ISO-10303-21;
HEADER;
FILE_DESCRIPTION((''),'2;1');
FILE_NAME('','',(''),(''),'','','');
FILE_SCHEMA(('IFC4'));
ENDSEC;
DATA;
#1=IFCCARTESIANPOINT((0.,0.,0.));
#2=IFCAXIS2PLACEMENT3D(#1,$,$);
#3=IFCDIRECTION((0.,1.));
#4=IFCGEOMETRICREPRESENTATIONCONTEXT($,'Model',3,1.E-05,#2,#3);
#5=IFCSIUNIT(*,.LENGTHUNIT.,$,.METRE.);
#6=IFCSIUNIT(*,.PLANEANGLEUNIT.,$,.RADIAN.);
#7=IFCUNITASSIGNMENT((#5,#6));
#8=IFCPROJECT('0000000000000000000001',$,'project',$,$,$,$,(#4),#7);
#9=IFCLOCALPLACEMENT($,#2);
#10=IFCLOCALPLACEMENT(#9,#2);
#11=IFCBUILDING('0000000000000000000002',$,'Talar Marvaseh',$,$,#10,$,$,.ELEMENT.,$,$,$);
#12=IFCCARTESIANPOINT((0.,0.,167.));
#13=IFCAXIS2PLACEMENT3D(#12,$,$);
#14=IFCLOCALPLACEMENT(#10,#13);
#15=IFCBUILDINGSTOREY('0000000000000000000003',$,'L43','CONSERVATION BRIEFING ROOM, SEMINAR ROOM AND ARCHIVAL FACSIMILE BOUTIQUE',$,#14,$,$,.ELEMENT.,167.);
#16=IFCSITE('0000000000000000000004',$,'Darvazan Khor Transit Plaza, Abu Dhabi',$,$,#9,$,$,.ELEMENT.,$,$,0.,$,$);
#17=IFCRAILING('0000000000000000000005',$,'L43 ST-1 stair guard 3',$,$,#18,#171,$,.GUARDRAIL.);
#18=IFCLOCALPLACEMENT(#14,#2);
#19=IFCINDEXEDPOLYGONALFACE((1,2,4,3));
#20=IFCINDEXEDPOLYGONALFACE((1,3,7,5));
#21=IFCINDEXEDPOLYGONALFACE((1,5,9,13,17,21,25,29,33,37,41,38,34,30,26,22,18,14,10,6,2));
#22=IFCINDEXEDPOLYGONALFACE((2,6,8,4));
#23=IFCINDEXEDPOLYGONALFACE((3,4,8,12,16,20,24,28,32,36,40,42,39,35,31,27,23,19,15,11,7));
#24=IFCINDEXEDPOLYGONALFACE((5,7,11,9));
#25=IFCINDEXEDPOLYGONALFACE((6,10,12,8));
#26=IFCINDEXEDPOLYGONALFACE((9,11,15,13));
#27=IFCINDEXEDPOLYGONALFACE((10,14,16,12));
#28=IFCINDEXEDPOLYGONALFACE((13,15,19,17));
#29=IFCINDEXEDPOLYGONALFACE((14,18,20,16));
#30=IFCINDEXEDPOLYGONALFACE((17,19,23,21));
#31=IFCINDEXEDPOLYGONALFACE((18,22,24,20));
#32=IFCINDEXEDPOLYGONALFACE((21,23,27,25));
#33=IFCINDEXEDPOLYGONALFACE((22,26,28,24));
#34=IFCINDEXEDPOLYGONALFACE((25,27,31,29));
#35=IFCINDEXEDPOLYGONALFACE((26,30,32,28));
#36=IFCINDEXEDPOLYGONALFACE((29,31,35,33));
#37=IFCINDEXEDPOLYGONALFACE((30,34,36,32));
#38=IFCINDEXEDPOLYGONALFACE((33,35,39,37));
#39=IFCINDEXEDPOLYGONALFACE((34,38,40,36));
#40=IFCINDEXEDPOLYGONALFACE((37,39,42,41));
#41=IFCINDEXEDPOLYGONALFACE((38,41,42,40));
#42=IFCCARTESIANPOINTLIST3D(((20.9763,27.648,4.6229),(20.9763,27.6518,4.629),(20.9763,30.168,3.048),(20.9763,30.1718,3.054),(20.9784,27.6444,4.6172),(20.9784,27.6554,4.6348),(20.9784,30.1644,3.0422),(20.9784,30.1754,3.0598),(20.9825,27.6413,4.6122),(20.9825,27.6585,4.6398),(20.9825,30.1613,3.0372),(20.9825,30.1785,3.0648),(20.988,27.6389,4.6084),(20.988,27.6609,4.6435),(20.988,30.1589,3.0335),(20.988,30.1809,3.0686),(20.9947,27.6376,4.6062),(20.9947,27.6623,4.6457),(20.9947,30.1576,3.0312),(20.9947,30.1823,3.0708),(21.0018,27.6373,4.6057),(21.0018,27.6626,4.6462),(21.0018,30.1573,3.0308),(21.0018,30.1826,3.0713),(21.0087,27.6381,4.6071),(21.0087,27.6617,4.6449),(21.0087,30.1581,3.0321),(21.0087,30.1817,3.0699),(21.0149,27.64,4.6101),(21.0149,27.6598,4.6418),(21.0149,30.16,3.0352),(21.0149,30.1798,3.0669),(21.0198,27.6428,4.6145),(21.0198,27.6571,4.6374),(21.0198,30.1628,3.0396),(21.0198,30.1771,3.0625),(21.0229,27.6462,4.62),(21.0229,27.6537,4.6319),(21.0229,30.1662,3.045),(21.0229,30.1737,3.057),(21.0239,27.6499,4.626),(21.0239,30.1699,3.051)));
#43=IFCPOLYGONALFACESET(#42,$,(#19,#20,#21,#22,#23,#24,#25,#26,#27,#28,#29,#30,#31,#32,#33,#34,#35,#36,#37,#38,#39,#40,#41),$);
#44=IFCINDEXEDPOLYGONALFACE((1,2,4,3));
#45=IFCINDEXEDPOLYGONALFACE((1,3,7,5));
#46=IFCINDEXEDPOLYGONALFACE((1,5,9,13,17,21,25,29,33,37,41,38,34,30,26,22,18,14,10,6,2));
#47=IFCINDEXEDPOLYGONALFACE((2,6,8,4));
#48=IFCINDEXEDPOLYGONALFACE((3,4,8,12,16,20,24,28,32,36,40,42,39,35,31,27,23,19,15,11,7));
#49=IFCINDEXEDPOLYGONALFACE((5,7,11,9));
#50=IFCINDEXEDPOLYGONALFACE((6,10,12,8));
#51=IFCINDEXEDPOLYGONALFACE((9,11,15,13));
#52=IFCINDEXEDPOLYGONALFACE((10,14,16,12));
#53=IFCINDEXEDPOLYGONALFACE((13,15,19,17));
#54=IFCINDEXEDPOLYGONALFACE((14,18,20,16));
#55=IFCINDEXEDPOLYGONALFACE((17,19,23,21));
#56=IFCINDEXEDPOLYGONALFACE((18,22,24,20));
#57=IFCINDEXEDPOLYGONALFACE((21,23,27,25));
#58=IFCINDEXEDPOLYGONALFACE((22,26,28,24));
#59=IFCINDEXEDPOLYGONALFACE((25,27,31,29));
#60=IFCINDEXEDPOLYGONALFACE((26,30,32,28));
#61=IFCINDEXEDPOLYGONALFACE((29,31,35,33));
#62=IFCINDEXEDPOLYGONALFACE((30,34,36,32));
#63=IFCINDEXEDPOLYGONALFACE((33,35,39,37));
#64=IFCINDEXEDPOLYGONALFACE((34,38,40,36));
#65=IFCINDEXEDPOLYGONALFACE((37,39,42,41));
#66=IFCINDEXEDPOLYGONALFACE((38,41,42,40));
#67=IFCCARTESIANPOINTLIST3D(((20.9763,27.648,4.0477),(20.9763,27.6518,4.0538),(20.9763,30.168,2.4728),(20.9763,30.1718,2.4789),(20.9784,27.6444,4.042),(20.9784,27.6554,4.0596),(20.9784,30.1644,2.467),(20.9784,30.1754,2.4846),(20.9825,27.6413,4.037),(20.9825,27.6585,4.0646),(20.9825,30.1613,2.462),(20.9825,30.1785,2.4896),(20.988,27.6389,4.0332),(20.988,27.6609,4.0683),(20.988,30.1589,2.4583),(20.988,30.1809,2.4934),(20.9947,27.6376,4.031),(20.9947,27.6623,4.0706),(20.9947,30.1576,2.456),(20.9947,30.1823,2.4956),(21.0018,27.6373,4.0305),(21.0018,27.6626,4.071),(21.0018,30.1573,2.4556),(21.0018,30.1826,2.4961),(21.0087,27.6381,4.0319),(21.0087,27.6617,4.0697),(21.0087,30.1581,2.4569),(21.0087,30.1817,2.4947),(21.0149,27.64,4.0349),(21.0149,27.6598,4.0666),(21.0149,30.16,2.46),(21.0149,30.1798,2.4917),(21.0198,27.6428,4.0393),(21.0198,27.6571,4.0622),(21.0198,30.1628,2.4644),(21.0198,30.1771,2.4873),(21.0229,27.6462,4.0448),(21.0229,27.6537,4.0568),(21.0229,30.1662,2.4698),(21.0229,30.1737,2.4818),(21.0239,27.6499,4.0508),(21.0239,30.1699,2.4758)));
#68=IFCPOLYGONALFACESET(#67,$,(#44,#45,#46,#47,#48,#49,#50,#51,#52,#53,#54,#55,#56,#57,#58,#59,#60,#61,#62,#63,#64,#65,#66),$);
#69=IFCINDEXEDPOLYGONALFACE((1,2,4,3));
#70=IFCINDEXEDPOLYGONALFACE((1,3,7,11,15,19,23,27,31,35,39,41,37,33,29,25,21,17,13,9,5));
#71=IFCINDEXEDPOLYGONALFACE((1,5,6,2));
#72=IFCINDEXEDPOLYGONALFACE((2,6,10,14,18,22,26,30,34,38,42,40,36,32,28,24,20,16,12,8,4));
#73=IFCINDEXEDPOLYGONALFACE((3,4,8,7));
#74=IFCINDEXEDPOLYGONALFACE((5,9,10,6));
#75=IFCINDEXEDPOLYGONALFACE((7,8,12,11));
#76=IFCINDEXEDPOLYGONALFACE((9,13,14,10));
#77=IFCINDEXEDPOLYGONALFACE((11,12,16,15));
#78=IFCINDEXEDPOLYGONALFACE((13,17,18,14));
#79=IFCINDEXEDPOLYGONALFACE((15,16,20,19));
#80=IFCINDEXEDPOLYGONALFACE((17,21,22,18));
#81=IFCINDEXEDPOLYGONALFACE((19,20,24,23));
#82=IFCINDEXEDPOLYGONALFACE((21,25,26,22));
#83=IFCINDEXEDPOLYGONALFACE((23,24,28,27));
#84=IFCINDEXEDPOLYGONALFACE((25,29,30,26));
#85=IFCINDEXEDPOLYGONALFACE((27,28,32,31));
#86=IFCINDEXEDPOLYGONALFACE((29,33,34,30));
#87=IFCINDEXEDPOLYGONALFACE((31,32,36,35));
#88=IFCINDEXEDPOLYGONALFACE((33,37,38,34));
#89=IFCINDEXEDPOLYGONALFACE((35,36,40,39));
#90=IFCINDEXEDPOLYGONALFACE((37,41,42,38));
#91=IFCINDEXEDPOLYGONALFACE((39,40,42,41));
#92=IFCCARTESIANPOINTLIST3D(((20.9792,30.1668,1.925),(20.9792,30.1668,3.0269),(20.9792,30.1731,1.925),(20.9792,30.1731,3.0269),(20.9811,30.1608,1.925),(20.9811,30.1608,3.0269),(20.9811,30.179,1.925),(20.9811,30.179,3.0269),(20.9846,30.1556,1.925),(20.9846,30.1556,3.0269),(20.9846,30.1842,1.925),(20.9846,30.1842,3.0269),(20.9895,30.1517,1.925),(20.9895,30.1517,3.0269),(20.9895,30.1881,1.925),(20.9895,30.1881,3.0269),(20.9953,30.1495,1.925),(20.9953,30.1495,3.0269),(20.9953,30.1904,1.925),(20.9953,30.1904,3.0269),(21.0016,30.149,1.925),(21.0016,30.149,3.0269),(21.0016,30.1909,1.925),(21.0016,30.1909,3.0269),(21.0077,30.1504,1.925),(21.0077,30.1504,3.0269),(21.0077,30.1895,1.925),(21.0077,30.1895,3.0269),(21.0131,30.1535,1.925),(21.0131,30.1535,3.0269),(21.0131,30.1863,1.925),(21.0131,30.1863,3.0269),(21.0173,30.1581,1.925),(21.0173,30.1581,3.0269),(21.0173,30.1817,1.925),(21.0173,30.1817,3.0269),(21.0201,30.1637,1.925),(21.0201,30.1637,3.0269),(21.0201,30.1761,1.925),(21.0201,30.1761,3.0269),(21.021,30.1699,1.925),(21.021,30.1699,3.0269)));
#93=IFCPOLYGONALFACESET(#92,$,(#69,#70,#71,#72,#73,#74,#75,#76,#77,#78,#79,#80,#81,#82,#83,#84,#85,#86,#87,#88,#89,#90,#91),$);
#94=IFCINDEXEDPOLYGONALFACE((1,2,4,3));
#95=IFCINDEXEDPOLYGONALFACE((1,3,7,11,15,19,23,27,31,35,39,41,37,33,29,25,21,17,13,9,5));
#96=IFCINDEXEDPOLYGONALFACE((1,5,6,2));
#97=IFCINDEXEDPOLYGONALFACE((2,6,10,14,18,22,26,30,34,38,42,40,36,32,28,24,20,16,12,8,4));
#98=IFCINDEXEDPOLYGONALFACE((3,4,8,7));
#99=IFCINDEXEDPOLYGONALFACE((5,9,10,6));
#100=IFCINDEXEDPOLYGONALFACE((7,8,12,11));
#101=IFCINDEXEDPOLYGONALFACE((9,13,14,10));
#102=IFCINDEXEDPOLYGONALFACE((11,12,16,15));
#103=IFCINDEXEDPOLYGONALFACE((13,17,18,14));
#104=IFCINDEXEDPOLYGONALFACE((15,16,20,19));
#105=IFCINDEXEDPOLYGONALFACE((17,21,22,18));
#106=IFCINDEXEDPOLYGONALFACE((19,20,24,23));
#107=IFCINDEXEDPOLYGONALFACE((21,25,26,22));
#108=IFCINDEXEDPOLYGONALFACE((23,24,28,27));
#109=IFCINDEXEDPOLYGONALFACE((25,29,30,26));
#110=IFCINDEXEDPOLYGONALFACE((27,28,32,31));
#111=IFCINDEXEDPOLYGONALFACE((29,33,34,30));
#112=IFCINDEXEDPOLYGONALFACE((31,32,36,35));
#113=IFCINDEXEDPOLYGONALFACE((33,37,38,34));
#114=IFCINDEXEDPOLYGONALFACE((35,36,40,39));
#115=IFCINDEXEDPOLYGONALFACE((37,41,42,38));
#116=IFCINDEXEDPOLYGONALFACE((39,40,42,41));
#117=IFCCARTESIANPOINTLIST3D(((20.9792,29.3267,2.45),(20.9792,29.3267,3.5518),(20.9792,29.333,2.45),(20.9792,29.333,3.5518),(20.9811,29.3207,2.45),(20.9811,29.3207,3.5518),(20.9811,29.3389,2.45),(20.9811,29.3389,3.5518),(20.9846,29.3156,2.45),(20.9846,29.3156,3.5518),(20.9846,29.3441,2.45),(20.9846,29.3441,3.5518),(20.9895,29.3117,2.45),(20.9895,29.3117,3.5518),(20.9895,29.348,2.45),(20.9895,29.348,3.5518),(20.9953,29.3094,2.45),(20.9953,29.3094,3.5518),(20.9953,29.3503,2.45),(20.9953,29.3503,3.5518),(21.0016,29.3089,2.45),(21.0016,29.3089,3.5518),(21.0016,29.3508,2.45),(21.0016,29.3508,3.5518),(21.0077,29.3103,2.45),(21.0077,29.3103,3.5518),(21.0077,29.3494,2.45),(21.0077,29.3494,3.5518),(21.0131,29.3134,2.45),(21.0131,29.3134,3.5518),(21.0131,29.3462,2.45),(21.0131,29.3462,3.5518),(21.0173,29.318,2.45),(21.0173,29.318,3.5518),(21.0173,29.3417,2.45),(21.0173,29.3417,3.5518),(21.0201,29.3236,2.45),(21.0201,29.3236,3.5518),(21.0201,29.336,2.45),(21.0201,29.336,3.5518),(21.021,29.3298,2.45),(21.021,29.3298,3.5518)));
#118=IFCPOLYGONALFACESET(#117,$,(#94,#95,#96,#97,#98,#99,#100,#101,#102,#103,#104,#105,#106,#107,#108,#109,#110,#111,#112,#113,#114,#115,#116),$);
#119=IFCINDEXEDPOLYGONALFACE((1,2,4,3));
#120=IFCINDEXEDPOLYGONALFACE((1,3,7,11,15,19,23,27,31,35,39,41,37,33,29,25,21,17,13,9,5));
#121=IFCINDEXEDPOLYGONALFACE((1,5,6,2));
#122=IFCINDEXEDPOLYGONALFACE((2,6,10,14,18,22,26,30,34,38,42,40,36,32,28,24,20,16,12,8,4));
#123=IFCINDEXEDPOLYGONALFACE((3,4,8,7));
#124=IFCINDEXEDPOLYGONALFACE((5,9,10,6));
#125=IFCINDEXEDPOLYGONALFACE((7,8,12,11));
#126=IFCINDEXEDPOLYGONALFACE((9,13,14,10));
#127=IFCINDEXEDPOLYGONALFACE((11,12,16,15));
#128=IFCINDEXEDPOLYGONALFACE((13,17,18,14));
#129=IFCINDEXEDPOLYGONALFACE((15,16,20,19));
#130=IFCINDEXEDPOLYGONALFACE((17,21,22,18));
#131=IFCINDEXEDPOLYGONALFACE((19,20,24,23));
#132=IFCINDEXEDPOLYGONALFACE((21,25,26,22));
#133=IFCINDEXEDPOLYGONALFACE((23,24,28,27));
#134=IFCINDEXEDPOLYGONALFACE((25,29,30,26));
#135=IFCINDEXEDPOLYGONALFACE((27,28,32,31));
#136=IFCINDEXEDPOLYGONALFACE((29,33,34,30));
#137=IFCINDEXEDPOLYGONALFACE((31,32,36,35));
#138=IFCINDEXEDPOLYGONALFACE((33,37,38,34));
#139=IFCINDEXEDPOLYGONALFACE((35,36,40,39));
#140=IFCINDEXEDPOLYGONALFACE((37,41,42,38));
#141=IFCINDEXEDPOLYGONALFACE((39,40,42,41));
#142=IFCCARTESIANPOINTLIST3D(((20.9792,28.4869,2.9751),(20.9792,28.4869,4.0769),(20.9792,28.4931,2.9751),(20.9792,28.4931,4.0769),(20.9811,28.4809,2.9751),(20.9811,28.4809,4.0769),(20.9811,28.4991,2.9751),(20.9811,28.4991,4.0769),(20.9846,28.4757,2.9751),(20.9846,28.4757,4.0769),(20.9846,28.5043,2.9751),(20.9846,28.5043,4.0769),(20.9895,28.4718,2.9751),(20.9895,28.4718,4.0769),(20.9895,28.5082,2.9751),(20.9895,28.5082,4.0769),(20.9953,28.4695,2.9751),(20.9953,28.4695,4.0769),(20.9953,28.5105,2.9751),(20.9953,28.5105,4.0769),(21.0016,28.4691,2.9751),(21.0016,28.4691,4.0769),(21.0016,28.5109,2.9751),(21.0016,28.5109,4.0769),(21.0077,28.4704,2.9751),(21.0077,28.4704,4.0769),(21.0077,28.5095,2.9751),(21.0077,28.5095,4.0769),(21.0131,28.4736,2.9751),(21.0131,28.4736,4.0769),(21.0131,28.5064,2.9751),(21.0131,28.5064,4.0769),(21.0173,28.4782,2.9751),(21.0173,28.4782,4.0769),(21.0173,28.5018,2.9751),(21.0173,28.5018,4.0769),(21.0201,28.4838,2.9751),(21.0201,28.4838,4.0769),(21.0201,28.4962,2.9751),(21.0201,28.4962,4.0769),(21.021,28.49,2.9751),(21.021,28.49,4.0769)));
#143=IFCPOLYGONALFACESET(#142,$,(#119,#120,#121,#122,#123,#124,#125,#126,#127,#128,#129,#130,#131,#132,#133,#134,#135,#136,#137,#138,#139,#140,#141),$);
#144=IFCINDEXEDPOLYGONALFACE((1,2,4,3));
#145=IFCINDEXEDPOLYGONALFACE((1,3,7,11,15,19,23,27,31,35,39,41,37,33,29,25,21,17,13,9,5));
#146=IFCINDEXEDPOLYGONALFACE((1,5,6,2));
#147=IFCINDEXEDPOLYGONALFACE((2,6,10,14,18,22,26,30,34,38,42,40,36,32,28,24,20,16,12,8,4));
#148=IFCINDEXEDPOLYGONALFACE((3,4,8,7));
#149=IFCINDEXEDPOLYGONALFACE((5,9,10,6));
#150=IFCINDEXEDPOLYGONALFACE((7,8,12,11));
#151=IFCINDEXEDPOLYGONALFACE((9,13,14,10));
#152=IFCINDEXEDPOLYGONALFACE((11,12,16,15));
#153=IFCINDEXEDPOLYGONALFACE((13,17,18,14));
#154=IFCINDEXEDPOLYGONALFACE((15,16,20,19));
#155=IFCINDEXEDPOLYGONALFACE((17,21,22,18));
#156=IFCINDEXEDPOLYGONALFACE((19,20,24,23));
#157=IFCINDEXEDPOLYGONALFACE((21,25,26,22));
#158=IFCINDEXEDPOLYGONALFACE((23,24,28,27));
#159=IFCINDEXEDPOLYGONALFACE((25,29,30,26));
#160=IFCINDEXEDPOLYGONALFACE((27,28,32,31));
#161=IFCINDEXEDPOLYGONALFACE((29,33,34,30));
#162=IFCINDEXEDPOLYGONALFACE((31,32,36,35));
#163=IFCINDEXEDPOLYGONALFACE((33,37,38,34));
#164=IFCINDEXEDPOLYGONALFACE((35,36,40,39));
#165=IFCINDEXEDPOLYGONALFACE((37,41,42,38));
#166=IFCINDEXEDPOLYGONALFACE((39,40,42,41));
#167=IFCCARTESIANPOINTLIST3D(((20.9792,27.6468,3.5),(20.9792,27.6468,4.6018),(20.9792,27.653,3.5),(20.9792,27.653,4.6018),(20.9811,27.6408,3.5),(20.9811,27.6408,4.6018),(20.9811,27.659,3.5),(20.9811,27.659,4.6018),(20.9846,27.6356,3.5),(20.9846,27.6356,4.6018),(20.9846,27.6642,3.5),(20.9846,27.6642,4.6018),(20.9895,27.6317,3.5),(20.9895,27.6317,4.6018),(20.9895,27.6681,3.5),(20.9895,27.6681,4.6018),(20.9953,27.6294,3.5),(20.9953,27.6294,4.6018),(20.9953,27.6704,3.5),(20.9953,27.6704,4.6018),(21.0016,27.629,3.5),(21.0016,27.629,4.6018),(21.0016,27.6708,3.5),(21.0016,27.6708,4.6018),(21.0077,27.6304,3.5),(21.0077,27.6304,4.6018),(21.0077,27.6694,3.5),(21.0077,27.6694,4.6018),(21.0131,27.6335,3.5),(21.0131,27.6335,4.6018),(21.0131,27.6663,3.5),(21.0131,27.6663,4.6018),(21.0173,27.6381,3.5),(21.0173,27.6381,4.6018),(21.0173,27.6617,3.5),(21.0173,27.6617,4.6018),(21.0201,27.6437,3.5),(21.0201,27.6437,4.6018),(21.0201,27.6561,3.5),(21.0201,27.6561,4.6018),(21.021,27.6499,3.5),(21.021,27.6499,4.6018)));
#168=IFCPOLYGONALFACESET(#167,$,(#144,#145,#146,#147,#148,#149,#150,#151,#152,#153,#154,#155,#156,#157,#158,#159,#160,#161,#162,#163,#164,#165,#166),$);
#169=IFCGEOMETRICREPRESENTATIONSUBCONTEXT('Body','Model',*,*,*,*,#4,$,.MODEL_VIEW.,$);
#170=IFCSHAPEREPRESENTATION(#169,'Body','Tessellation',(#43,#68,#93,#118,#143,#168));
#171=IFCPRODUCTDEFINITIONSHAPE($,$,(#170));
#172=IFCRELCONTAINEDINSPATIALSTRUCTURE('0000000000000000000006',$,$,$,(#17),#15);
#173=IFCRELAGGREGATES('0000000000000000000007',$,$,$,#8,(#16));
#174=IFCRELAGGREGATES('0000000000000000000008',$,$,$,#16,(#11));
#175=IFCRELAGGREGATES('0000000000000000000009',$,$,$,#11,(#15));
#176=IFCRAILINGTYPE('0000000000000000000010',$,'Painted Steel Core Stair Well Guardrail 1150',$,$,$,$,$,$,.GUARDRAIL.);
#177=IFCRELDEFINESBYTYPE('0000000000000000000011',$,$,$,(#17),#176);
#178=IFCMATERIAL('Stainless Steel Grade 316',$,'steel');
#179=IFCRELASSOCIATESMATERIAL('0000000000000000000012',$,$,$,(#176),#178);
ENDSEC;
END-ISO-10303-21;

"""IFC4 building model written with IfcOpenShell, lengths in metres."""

from ifc_helpers import new_model, si_unit, direction, frame, origin, origin_2d, place, context, subcontext, project, spatial, circle, extrude, material, type_object, element, save


model = new_model("IFC4")

# Units and contexts
model_context = context("Model", 3, precision=1e-05, world=origin(), true_north=direction((0.0, 1.0)))
body_context = subcontext(model_context, "Body", "Model", "MODEL_VIEW")
ifc_project = project(units=[si_unit("LENGTHUNIT", "METRE"), si_unit("PLANEANGLEUNIT", "RADIAN")], contexts=[model_context])

# Site, building, storey
site_placement = place(None, origin())
site = spatial("IfcSite", under=ifc_project, at=site_placement, Name="Darvazan Khor Transit Plaza, Abu Dhabi", CompositionType="ELEMENT", RefElevation=0.0)
building_placement = place(site_placement, origin())
building = spatial("IfcBuilding", under=site, at=building_placement, Name="Talar Marvaseh", CompositionType="ELEMENT")
storey_placement = place(building_placement, frame((0.0, 0.0, 167.0)))
storey = spatial("IfcBuildingStorey", under=building, at=storey_placement, Name="L43", Description="CONSERVATION BRIEFING ROOM, SEMINAR ROOM AND ARCHIVAL FACSIMILE BOUTIQUE", CompositionType="ELEMENT", Elevation=167.0)

# Railing
ifc_material_1 = material(Name="Stainless Steel Grade 316", Category="steel")
railing_type_1 = type_object("IfcRailingType", Name="Painted Steel Core Stair Well Guardrail 1150", PredefinedType="GUARDRAIL", material=ifc_material_1)
railing_1_placement = place(storey_placement, frame((21.0, 30.1699, 1.925)))
element("IfcRailing", 1, at=railing_1_placement, inside=storey, type_object=railing_type_1, Name="L43 ST-1 stair guard 3", PredefinedType="GUARDRAIL", context=body_context, shape_type="SweptSolid", body=[
    extrude(circle(Radius=0.0239, at=origin_2d()), frame((0.0, 0.0, 1.126), z_axis=(0.0, -0.848008, 0.529984), x_axis=(1.0, 0.0, 0.0)), (0.0, 0.0, 1.0), 2.9717),
    extrude(circle(Radius=0.0239, at=origin_2d()), frame((0.0, 0.0, 0.5508), z_axis=(0.0, -0.848008, 0.529984), x_axis=(1.0, 0.0, 0.0)), (0.0, 0.0, 1.0), 2.9717),
    extrude(circle(Radius=0.021, at=origin_2d()), origin(), (0.0, 0.0, 1.0), 1.1018),
    extrude(circle(Radius=0.021, at=origin_2d()), frame((0.0, -0.8401, 0.5249)), (0.0, 0.0, 1.0), 1.1018),
    extrude(circle(Radius=0.021, at=origin_2d()), frame((0.0, -1.6799, 1.05)), (0.0, 0.0, 1.0), 1.1018),
    extrude(circle(Radius=0.021, at=origin_2d()), frame((0.0, -2.52, 1.575)), (0.0, 0.0, 1.0), 1.1018),
])

save(model, "model.ifc")
